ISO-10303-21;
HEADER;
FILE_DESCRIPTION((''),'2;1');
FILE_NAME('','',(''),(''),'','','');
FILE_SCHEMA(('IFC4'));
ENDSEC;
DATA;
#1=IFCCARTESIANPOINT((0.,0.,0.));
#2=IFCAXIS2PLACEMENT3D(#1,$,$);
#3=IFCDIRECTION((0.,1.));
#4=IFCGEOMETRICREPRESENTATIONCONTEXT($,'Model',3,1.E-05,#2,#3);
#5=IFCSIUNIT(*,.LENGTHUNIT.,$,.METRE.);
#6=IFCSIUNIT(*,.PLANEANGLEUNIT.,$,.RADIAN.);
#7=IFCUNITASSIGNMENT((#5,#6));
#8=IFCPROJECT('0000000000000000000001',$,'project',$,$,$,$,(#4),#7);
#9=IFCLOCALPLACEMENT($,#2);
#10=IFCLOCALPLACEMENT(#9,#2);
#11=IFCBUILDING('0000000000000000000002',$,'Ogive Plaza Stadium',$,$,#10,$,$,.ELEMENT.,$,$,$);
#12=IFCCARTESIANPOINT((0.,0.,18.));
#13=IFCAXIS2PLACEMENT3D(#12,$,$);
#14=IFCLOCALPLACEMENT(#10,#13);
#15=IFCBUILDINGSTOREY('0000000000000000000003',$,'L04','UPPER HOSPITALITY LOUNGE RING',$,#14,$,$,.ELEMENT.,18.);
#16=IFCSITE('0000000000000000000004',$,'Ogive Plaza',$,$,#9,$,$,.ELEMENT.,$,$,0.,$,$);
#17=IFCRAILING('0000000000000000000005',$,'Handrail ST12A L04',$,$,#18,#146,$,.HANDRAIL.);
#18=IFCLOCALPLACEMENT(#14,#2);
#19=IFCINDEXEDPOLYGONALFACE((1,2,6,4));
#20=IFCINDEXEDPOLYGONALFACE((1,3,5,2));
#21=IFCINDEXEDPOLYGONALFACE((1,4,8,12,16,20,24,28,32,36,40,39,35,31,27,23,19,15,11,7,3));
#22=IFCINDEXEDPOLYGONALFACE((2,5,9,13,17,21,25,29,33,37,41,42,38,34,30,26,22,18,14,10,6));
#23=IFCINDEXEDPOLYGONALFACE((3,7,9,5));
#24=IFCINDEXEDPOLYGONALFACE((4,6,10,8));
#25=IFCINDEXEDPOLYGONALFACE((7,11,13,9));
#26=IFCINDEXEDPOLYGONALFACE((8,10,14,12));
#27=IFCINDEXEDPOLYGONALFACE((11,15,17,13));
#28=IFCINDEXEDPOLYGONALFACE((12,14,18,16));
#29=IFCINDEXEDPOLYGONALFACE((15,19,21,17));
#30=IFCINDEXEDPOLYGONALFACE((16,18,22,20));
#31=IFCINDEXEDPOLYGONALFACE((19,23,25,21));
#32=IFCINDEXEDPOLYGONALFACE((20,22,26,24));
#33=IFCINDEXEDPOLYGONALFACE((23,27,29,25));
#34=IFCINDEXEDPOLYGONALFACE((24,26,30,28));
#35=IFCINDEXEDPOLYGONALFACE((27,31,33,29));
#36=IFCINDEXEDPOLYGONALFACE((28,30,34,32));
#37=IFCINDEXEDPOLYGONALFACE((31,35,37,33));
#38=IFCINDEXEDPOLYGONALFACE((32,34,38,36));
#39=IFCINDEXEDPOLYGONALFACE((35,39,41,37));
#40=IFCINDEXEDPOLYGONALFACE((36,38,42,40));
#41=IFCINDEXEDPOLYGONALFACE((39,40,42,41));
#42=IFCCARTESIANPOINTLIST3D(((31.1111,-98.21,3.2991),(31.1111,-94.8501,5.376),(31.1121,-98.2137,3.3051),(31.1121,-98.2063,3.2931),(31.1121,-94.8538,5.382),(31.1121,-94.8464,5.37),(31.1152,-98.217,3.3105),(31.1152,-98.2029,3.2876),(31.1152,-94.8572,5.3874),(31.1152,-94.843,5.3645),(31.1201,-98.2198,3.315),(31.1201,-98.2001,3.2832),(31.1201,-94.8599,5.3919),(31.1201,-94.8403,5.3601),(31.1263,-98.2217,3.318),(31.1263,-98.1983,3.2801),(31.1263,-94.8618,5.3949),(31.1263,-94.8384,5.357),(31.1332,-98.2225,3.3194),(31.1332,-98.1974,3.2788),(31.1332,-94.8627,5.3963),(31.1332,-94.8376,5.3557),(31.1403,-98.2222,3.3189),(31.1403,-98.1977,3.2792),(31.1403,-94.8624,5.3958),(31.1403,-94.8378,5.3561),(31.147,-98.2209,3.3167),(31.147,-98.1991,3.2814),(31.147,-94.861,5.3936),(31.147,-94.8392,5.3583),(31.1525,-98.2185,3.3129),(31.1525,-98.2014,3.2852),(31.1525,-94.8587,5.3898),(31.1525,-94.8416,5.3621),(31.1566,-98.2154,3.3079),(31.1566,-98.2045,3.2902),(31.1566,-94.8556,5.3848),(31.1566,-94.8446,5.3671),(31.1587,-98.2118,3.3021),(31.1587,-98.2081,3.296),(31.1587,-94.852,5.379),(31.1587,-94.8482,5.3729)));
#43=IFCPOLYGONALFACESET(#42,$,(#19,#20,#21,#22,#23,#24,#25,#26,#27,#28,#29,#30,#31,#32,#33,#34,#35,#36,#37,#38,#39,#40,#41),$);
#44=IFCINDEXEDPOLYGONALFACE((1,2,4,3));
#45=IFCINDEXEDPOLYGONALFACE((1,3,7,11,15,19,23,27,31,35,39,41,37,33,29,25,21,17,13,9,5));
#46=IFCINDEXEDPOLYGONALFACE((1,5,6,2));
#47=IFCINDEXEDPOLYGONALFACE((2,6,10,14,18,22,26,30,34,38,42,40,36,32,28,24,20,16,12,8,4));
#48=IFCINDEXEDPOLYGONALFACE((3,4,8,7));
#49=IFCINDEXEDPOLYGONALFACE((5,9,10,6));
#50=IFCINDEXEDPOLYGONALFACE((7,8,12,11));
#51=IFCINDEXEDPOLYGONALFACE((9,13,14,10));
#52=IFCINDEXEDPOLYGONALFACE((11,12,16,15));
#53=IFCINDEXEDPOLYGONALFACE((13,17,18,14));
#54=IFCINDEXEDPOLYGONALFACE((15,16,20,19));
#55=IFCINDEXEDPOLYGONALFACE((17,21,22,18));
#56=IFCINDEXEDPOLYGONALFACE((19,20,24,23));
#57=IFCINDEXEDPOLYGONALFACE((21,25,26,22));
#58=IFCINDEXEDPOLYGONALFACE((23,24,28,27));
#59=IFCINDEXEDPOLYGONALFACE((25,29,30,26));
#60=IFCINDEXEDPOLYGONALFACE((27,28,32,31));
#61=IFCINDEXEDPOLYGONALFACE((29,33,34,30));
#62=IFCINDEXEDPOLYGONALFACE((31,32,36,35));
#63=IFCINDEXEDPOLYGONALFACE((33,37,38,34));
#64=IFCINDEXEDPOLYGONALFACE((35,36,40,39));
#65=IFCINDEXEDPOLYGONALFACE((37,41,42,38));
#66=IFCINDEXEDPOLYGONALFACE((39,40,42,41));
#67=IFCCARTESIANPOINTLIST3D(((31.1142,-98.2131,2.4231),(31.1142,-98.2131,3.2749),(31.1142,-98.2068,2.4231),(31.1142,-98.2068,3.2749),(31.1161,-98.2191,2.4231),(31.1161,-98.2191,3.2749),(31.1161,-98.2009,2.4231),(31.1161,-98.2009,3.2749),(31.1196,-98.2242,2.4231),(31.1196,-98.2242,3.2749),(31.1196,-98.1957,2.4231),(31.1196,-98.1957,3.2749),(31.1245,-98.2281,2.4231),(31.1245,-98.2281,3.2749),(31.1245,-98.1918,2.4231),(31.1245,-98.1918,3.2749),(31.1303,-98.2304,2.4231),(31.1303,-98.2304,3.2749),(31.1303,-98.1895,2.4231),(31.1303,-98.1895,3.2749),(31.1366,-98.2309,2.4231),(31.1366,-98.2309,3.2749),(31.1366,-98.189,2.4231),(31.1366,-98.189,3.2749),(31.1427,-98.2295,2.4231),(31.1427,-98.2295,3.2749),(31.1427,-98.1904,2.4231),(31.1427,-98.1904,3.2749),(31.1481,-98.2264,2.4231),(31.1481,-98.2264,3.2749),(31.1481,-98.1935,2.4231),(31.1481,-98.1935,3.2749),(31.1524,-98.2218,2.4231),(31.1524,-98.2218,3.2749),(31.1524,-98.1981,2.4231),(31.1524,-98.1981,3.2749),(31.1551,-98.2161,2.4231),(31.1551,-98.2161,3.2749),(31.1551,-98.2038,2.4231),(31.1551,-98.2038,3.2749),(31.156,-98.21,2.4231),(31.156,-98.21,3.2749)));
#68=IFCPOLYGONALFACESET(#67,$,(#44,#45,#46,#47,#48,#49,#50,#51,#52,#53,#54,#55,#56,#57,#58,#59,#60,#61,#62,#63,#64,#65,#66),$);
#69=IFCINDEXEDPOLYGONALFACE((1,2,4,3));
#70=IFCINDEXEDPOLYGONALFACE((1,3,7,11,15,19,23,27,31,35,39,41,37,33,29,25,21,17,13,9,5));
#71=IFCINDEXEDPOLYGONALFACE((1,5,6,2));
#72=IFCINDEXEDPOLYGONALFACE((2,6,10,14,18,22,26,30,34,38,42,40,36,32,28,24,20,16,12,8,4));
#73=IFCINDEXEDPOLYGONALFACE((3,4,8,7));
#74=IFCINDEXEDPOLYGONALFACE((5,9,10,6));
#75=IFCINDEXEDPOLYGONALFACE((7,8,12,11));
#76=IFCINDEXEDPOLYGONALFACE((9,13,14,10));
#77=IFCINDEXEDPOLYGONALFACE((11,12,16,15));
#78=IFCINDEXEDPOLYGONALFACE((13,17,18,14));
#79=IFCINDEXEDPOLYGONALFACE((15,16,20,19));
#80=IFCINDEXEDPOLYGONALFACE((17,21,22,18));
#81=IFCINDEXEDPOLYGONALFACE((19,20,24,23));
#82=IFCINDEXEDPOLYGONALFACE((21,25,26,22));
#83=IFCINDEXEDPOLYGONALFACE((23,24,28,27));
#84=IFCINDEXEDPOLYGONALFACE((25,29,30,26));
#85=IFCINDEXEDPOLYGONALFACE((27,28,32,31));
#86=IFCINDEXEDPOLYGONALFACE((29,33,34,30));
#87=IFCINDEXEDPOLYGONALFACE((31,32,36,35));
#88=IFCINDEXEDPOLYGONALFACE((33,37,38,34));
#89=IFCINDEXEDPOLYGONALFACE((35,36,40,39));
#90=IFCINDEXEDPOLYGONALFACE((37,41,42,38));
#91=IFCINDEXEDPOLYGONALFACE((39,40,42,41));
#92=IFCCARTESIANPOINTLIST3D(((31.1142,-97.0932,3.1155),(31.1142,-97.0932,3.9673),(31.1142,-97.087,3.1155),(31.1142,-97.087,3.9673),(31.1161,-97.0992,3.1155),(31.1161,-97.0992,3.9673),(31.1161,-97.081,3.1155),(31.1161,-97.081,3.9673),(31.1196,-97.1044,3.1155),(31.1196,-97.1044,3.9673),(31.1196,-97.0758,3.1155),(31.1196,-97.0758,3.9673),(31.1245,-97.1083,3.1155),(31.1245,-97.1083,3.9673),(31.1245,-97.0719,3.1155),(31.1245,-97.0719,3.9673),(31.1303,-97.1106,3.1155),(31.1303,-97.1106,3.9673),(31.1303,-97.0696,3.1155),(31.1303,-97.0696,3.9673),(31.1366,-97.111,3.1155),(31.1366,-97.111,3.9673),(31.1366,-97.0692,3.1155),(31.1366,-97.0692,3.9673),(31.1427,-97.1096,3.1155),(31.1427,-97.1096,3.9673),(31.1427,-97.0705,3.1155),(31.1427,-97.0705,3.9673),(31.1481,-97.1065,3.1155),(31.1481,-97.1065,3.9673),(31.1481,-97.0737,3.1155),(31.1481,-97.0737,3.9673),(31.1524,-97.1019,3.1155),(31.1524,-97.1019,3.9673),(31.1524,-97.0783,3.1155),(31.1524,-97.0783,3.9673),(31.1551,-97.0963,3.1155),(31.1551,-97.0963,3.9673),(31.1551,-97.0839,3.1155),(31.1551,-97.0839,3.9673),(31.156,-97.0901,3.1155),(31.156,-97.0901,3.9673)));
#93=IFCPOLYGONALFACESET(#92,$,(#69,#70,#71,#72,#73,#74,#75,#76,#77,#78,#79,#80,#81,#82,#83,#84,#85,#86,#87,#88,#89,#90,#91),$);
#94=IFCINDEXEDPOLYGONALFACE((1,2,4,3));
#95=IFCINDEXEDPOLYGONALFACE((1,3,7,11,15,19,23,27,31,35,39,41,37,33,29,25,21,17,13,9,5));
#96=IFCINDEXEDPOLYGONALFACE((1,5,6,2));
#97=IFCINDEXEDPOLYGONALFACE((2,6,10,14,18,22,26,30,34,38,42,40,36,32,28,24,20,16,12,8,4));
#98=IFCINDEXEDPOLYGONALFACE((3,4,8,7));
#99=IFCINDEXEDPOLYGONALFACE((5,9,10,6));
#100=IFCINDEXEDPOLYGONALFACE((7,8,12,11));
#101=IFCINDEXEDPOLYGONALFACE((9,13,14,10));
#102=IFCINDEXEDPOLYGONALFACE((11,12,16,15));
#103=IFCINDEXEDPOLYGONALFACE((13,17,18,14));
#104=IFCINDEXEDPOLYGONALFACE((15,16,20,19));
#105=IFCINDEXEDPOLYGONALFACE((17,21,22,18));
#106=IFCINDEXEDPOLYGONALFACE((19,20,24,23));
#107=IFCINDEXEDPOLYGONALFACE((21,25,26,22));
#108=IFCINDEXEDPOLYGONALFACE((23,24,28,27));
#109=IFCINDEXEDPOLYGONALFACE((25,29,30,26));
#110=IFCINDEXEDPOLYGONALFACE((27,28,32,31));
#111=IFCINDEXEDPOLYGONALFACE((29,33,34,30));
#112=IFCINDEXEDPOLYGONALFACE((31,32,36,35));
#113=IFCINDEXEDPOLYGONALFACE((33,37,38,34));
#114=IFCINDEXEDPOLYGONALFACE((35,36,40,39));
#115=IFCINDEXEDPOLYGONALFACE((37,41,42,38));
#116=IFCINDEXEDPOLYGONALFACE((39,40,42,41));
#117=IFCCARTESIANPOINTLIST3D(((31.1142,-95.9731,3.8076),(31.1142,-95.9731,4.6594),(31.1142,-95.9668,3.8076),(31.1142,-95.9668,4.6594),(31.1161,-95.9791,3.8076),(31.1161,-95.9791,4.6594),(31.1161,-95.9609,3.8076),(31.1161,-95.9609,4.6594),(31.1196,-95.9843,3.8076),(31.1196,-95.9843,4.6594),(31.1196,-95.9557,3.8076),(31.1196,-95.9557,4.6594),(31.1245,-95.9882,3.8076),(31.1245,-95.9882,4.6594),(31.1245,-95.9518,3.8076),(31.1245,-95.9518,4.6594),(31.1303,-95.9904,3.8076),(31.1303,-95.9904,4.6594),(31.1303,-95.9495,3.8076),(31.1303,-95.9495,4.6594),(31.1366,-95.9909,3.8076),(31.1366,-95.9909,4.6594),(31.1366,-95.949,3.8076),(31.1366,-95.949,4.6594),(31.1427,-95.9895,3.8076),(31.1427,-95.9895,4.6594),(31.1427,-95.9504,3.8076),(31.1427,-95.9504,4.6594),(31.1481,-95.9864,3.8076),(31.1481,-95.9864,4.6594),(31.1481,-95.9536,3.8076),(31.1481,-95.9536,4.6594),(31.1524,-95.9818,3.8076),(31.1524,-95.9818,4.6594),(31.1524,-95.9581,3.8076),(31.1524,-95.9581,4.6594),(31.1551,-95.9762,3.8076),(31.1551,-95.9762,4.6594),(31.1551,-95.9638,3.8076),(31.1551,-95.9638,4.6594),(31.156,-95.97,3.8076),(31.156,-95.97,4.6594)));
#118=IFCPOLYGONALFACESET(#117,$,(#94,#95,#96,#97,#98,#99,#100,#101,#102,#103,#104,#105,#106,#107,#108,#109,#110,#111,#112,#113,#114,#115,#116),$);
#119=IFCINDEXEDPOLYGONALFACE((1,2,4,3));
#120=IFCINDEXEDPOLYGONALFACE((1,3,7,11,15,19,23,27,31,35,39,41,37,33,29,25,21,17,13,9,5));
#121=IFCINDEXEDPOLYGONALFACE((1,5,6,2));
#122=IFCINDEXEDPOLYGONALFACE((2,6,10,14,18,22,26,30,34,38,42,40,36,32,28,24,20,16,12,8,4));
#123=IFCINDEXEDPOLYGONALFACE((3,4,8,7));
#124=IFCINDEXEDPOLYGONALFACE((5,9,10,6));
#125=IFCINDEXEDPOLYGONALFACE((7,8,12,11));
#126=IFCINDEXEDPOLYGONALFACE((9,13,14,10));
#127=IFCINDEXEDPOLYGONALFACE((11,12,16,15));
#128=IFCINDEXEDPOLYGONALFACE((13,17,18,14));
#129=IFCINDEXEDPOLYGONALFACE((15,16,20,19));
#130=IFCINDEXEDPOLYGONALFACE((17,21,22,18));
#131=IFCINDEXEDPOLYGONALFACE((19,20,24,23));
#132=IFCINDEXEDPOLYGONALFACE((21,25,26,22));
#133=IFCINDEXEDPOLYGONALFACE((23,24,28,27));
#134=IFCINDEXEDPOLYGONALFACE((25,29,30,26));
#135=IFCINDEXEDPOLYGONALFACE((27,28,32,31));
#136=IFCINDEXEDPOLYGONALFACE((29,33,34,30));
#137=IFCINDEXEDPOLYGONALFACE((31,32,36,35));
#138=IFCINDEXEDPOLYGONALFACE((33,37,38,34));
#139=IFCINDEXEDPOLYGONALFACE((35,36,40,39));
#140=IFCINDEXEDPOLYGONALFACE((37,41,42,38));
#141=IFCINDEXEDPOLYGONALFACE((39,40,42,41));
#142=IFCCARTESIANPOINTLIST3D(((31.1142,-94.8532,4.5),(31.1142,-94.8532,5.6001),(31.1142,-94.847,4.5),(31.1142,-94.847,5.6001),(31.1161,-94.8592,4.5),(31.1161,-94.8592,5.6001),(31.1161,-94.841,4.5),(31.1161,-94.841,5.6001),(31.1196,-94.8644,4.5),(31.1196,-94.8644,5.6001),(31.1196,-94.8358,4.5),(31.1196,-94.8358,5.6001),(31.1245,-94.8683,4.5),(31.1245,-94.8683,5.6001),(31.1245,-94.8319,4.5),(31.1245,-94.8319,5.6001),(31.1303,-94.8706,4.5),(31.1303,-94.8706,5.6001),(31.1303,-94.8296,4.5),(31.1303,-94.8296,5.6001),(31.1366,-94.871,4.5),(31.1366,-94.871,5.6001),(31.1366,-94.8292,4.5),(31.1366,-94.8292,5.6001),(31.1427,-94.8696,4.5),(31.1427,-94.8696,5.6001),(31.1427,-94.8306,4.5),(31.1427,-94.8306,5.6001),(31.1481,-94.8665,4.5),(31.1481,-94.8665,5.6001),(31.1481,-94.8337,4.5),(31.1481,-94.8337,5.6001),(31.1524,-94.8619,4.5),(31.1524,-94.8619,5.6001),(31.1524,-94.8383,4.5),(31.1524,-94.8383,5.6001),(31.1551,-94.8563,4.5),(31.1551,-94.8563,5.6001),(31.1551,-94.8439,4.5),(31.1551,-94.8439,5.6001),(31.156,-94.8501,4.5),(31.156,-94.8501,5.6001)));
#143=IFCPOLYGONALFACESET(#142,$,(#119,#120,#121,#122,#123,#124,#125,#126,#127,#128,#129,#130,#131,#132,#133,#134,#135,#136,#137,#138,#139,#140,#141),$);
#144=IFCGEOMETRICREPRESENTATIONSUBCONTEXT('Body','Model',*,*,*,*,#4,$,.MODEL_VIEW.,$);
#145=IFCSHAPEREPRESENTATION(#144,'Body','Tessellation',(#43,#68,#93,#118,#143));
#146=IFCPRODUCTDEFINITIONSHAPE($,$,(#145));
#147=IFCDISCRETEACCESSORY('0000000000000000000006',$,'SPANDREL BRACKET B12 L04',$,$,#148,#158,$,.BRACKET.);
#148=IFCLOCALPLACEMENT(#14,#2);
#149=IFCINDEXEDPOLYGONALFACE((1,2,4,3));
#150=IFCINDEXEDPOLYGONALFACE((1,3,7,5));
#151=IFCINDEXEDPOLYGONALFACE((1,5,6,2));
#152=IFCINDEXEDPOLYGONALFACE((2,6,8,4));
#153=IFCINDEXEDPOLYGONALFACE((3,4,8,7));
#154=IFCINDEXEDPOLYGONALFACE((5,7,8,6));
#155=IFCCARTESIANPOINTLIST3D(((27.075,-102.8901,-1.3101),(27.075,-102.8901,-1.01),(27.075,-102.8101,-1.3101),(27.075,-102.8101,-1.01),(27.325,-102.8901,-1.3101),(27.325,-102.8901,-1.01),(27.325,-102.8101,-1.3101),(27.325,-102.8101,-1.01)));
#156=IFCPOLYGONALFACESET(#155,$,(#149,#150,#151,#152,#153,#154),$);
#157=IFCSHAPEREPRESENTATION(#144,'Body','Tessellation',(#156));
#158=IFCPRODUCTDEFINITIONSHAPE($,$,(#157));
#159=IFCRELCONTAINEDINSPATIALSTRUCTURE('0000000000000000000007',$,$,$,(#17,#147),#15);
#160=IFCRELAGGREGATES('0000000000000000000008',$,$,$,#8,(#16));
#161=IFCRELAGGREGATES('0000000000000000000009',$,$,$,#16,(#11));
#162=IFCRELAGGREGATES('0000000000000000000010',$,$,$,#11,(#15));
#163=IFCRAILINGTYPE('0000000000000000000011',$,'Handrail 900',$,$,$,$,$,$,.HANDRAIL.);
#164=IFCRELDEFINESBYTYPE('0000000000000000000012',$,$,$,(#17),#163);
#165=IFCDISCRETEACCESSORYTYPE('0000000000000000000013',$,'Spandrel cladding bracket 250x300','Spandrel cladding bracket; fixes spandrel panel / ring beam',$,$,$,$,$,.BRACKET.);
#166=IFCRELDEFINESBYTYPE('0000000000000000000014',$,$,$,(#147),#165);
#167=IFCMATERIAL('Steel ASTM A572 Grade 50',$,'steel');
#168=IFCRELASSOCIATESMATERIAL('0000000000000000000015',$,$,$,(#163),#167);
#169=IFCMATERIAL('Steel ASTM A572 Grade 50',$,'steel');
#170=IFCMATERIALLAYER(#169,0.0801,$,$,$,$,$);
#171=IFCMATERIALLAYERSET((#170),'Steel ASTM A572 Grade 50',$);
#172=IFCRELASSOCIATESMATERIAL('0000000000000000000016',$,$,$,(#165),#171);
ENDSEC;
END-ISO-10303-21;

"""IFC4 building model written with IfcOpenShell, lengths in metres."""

from ifc_helpers import new_model, si_unit, direction, frame, origin, origin_2d, place, context, subcontext, project, spatial, rectangle, circle, extrude, material, layer, layer_set, type_object, element, save


model = new_model("IFC4")

# Units and contexts
model_context = context("Model", 3, precision=1e-05, world=origin(), true_north=direction((0.0, 1.0)))
body_context = subcontext(model_context, "Body", "Model", "MODEL_VIEW")
ifc_project = project(units=[si_unit("LENGTHUNIT", "METRE"), si_unit("PLANEANGLEUNIT", "RADIAN")], contexts=[model_context])

# Site, building, storey
site_placement = place(None, origin())
site = spatial("IfcSite", under=ifc_project, at=site_placement, Name="Ogive Plaza", CompositionType="ELEMENT", RefElevation=0.0)
building_placement = place(site_placement, origin())
building = spatial("IfcBuilding", under=site, at=building_placement, Name="Ogive Plaza Stadium", CompositionType="ELEMENT")
storey_placement = place(building_placement, frame((0.0, 0.0, 18.0)))
storey = spatial("IfcBuildingStorey", under=building, at=storey_placement, Name="L04", Description="UPPER HOSPITALITY LOUNGE RING", CompositionType="ELEMENT", Elevation=18.0)

# Railing
ifc_material_1 = material(Name="Steel ASTM A572 Grade 50", Category="steel")
railing_type_1 = type_object("IfcRailingType", Name="Handrail 900", PredefinedType="HANDRAIL", material=ifc_material_1)
railing_placement = place(storey_placement, frame((31.135, -98.21, 2.4231)))
element("IfcRailing", 1, at=railing_placement, inside=storey, type_object=railing_type_1, Name="Handrail ST12A L04", PredefinedType="HANDRAIL", context=body_context, shape_type="SweptSolid", body=[
    extrude(circle(Radius=0.0239, at=origin_2d()), frame((0.0, 0.0, 0.876), z_axis=(0.0, 0.850606, 0.525803), x_axis=(-1.0, 0.0, 0.0)), (0.0, 0.0, 1.0), 3.95),
    extrude(circle(Radius=0.021, at=origin_2d()), origin(), (0.0, 0.0, 1.0), 0.8518),
    extrude(circle(Radius=0.021, at=origin_2d()), frame((0.0, 1.1199, 0.6924)), (0.0, 0.0, 1.0), 0.8518),
    extrude(circle(Radius=0.021, at=origin_2d()), frame((0.0, 2.24, 1.3845)), (0.0, 0.0, 1.0), 0.8518),
    extrude(circle(Radius=0.021, at=origin_2d()), frame((0.0, 3.3599, 2.0769)), (0.0, 0.0, 1.0), 1.1001),
])

# Discrete accessory
ifc_material_2 = material(Name="Steel ASTM A572 Grade 50", Category="steel")
ifc_layer_1 = layer(ifc_material_2, 0.0801)
ifc_layer_set_1 = layer_set([ifc_layer_1], Name="Steel ASTM A572 Grade 50")
discrete_accessory_type = type_object("IfcDiscreteAccessoryType", Name="Spandrel cladding bracket 250x300", Description="Spandrel cladding bracket; fixes spandrel panel / ring beam", PredefinedType="BRACKET", material=ifc_layer_set_1)
discrete_accessory_placement = place(storey_placement, frame((27.2, -102.8501, -1.3101), z_axis=(0.0, 0.0, 1.0), x_axis=(-1.0, 0.0, 0.0)))
element("IfcDiscreteAccessory", 2, at=discrete_accessory_placement, inside=storey, type_object=discrete_accessory_type, Name="SPANDREL BRACKET B12 L04", PredefinedType="BRACKET", context=body_context, shape_type="SweptSolid", body=[
    extrude(rectangle(XDim=0.25, YDim=0.0801, at=origin_2d()), origin(), (0.0, 0.0, 1.0), 0.3),
])

save(model, "model.ifc")
